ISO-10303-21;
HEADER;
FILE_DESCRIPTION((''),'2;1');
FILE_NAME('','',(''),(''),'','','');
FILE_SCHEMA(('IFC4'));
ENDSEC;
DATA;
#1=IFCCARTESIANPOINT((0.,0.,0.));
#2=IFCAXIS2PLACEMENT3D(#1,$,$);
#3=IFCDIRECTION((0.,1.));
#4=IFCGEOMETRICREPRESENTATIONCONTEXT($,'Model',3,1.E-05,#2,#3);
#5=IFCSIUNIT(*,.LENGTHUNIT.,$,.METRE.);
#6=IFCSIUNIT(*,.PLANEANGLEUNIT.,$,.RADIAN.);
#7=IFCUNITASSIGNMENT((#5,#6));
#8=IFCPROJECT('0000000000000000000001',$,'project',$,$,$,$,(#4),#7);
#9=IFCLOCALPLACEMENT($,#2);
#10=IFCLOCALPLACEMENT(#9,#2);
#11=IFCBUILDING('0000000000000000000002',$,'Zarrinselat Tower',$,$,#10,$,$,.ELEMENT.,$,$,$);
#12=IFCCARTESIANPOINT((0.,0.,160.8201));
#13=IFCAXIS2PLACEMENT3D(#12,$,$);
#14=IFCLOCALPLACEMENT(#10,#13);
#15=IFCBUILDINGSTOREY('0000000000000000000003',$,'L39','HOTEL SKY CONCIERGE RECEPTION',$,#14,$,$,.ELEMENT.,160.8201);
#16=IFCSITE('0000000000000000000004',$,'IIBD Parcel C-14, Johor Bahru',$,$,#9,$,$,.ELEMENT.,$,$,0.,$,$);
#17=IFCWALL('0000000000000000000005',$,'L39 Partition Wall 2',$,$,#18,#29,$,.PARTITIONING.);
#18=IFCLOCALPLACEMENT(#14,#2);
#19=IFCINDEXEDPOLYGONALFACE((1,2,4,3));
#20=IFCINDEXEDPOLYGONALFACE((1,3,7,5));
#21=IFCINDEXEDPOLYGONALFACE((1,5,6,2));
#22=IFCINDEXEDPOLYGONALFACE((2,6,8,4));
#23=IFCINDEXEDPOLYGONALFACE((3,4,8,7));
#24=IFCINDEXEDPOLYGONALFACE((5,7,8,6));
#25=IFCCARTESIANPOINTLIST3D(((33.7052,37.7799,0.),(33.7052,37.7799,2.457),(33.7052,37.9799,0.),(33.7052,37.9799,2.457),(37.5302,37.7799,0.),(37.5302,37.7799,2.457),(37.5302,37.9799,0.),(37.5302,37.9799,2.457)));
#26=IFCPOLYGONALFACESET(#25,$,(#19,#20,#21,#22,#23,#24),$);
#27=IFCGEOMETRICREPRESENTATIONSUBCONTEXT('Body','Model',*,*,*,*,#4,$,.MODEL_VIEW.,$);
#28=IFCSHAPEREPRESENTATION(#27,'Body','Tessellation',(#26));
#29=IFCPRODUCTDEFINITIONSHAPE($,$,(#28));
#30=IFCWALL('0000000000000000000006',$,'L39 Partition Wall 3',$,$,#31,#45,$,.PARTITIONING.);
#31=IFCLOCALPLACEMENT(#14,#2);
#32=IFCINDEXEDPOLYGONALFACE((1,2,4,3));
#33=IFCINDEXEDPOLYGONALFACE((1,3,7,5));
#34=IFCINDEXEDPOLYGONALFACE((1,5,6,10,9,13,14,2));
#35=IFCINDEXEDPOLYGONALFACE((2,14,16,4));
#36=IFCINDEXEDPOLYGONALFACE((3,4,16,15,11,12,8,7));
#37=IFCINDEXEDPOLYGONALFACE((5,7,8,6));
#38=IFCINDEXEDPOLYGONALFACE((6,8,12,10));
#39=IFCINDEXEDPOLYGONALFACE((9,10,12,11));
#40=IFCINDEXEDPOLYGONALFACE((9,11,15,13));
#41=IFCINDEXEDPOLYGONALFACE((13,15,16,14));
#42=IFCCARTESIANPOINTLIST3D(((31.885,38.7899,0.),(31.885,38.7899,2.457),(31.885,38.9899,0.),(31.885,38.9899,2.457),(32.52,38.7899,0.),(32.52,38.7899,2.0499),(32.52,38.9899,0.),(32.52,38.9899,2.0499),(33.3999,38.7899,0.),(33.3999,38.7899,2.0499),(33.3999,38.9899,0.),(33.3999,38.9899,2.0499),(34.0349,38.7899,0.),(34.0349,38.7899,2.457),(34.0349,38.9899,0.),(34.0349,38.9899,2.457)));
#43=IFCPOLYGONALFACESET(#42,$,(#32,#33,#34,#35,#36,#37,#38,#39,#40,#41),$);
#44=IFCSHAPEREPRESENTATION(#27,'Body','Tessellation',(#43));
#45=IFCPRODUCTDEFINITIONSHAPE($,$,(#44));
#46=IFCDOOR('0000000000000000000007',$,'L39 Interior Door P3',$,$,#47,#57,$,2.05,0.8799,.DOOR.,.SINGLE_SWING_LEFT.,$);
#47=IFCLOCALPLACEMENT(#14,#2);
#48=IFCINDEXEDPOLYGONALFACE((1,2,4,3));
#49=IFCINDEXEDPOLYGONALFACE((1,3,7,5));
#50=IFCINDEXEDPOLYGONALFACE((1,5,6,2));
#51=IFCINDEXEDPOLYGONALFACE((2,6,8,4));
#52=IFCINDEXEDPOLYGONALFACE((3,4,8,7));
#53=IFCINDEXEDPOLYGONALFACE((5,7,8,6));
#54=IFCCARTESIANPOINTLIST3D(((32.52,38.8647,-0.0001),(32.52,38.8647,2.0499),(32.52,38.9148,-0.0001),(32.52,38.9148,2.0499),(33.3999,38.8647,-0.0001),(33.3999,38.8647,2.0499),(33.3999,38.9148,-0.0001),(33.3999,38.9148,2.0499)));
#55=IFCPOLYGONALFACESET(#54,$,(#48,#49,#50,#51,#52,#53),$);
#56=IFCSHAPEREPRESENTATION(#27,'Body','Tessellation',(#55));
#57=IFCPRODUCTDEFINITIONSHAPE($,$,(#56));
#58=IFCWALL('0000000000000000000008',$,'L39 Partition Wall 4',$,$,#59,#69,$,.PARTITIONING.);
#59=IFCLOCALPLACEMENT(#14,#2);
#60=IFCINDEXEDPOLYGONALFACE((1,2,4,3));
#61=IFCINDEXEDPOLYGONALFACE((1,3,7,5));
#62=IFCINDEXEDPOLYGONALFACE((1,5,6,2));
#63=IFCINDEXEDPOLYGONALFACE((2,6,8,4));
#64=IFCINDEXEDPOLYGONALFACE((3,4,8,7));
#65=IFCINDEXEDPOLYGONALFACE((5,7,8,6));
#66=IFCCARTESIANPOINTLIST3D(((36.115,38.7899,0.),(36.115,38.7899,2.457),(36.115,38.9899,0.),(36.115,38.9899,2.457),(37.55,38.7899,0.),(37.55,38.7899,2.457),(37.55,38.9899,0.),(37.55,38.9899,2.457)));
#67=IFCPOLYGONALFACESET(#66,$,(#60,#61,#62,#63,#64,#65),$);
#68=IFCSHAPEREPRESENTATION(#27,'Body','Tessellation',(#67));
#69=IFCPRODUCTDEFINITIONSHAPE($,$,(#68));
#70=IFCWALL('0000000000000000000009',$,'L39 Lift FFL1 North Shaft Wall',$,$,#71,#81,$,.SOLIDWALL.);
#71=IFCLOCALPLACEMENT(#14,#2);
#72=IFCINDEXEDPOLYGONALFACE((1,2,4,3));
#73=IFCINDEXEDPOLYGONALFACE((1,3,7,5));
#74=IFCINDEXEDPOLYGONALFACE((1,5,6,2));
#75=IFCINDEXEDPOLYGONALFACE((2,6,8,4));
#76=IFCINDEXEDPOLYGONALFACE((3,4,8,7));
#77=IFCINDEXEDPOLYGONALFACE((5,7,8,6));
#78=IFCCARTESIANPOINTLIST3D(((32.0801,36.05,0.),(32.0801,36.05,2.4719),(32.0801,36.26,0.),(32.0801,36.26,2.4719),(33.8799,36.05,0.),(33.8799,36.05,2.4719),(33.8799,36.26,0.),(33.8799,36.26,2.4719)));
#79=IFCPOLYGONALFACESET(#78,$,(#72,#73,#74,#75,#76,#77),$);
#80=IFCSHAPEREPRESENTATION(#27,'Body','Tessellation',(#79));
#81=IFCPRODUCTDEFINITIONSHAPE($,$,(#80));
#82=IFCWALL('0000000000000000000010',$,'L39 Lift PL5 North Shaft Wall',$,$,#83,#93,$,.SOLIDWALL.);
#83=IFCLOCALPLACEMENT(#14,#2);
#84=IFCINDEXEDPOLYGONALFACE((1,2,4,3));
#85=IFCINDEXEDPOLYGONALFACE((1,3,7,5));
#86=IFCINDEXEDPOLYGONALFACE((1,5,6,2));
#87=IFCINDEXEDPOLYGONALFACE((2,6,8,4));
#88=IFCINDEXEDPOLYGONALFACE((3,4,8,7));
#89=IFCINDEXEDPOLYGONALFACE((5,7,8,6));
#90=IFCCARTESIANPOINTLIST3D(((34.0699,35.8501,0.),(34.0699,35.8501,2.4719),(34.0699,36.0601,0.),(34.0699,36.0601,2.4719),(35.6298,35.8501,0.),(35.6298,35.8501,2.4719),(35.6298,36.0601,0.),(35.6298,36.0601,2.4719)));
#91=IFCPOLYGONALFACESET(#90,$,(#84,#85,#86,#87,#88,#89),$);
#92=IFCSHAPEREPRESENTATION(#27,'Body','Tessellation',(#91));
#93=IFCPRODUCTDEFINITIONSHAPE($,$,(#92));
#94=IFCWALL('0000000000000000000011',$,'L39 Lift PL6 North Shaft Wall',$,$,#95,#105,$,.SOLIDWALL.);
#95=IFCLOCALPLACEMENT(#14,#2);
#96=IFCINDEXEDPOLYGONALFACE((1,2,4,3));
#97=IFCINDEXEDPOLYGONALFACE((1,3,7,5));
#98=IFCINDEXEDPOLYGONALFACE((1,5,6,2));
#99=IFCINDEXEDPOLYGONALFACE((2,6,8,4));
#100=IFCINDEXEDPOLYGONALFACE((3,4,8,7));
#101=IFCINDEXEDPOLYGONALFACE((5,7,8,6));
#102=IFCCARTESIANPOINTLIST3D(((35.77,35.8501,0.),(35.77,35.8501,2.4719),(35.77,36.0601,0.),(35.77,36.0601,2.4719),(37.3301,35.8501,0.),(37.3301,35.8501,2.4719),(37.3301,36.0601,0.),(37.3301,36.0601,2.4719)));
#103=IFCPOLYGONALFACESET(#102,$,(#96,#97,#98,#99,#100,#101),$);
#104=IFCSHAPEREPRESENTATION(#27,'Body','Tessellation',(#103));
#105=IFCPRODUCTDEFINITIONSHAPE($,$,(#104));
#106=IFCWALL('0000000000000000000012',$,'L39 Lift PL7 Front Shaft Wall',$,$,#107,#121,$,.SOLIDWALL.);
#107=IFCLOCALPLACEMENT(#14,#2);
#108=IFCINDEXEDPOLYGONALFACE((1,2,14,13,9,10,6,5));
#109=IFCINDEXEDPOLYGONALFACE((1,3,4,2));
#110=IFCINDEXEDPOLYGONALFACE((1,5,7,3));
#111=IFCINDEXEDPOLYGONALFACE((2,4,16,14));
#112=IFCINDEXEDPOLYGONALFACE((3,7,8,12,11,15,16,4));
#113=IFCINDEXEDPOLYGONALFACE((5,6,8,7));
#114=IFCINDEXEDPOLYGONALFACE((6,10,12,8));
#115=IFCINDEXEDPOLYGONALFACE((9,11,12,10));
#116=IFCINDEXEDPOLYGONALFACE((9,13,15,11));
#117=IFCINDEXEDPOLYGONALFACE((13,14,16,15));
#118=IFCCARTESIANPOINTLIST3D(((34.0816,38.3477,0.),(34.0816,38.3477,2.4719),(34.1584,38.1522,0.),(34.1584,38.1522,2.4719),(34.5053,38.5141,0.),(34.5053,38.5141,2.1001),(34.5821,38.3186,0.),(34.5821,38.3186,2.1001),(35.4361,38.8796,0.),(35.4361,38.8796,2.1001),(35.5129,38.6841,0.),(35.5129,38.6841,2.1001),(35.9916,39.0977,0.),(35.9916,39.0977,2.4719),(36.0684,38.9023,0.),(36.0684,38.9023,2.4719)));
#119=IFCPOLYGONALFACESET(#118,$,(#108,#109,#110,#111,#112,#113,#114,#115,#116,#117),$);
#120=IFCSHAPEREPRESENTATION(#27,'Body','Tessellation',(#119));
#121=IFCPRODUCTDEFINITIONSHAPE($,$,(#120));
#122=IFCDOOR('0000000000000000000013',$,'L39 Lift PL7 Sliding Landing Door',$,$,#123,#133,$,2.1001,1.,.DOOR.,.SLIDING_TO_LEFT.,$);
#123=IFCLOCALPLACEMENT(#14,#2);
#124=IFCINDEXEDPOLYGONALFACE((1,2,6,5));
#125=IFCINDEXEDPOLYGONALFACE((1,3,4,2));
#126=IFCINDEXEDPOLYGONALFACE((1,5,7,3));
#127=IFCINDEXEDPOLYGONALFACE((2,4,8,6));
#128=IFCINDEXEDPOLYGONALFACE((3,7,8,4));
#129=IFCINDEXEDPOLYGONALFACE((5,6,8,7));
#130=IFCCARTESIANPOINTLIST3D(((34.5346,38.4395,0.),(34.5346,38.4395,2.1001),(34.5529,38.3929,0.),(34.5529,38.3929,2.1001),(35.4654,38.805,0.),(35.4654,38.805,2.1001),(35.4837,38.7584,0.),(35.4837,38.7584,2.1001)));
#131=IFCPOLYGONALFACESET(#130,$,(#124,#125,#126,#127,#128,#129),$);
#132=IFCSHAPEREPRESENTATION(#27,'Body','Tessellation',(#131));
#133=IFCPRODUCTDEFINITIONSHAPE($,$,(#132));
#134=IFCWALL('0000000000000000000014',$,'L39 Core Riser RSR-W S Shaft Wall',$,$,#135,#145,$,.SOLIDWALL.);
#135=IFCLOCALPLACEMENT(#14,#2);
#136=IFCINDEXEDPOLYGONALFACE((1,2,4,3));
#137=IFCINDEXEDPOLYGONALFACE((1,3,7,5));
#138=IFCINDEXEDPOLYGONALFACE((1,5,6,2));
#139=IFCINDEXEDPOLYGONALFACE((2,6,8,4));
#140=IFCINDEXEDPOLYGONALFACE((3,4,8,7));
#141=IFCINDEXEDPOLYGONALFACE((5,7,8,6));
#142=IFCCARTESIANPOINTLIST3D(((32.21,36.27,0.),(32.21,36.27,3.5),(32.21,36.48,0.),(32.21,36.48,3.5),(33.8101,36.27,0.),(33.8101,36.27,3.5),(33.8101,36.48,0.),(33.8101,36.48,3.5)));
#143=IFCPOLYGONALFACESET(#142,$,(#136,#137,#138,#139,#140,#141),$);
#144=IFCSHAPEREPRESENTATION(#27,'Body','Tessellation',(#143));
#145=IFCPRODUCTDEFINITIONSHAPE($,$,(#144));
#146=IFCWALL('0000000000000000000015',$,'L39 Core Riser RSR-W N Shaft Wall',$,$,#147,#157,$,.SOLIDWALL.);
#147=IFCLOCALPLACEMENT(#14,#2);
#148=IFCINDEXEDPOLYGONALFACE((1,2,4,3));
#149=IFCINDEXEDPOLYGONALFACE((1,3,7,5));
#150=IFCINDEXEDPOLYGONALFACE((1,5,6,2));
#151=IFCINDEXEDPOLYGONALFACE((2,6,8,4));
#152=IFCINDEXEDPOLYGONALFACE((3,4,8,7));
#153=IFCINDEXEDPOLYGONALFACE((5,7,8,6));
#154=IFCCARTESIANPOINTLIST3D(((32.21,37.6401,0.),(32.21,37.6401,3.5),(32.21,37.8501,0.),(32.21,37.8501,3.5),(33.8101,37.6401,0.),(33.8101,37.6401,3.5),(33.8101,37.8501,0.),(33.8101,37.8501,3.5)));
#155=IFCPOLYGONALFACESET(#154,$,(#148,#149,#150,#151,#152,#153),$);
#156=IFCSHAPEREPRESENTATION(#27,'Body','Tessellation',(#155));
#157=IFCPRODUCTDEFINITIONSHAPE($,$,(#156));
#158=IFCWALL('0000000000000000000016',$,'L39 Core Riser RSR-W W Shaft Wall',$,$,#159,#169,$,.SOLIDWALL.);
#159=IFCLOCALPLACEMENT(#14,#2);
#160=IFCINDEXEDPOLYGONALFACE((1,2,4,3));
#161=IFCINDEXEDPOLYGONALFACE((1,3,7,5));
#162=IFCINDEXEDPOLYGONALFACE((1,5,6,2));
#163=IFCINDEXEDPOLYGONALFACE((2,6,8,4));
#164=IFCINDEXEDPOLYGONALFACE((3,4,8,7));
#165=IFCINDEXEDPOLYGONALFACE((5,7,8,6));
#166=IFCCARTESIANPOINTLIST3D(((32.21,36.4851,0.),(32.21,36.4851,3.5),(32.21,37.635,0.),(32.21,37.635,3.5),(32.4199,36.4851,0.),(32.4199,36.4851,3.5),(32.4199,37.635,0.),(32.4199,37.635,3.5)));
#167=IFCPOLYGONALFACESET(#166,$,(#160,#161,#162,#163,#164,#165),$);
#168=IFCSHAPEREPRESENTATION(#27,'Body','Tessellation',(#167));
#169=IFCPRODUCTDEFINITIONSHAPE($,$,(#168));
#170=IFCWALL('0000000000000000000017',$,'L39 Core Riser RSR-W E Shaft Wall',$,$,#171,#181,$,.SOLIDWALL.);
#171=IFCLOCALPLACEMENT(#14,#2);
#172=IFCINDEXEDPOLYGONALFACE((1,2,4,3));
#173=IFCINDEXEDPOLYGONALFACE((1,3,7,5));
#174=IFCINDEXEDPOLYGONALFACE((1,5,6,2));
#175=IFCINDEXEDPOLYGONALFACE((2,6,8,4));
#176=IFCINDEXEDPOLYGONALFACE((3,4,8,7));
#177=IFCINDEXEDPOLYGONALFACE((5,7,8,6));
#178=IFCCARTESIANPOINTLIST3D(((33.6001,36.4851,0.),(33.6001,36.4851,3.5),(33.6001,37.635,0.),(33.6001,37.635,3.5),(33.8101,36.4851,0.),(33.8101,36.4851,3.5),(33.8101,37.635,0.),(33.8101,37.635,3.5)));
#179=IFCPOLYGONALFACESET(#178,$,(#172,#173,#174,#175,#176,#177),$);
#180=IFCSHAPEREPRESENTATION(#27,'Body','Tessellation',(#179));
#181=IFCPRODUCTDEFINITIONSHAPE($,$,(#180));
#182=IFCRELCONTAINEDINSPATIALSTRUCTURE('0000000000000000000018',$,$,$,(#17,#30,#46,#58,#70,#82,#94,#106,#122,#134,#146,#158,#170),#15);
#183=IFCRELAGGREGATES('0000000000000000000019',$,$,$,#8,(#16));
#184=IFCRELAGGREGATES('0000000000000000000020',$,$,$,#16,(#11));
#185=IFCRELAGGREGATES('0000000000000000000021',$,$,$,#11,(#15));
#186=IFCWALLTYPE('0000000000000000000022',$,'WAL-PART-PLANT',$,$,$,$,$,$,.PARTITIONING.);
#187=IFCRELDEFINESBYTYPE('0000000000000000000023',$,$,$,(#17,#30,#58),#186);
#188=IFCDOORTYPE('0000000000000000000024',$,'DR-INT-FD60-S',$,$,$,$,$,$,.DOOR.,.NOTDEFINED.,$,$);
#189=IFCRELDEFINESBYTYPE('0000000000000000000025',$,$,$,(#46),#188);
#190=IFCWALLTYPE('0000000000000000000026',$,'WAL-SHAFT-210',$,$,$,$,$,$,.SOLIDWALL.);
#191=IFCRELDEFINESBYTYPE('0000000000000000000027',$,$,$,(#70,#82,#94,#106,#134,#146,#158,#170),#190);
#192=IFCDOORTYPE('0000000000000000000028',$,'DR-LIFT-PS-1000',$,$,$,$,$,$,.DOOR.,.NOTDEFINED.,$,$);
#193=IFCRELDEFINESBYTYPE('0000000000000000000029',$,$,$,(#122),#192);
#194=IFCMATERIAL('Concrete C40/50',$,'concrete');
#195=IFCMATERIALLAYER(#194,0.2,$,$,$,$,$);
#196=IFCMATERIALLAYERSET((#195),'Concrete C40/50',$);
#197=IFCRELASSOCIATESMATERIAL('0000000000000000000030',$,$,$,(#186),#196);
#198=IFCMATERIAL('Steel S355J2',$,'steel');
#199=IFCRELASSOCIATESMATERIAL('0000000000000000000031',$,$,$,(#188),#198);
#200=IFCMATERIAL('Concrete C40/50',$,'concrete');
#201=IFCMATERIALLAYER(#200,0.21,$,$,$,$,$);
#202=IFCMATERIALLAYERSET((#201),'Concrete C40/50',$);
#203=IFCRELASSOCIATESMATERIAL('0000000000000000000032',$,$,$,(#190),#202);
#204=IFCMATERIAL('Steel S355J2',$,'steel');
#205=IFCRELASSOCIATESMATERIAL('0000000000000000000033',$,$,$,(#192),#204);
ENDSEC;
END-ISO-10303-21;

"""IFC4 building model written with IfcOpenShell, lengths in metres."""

from ifc_helpers import new_model, si_unit, direction, frame, frame_2d, origin, place, context, subcontext, project, spatial, rectangle, extrude, material, layer, layer_set, type_object, element, fill, save


model = new_model("IFC4")

# Units and contexts
model_context = context("Model", 3, precision=1e-05, world=origin(), true_north=direction((0.0, 1.0)))
body_context = subcontext(model_context, "Body", "Model", "MODEL_VIEW")
ifc_project = project(units=[si_unit("LENGTHUNIT", "METRE"), si_unit("PLANEANGLEUNIT", "RADIAN")], contexts=[model_context])

# Site, building, storey
site_placement = place(None, origin())
site = spatial("IfcSite", under=ifc_project, at=site_placement, Name="IIBD Parcel C-14, Johor Bahru", CompositionType="ELEMENT", RefElevation=0.0)
building_placement = place(site_placement, origin())
building = spatial("IfcBuilding", under=site, at=building_placement, Name="Zarrinselat Tower", CompositionType="ELEMENT")
storey_placement = place(building_placement, frame((0.0, 0.0, 160.8201)))
storey = spatial("IfcBuildingStorey", under=building, at=storey_placement, Name="L39", Description="HOTEL SKY CONCIERGE RECEPTION", CompositionType="ELEMENT", Elevation=160.8201)

# Wall
ifc_material_1 = material(Name="Concrete C40/50", Category="concrete")
ifc_layer_1 = layer(ifc_material_1, 0.2)
ifc_layer_set_1 = layer_set([ifc_layer_1], Name="Concrete C40/50")
wall_type_1 = type_object("IfcWallType", Name="WAL-PART-PLANT", PredefinedType="PARTITIONING", material=ifc_layer_set_1)
wall_1_placement = place(storey_placement, frame((33.7051, 37.8799, 0.0), z_axis=(0.0, 0.0, 1.0), x_axis=(1.0, 0.0, 0.0)))
element("IfcWall", 1, at=wall_1_placement, inside=storey, type_object=wall_type_1, Name="L39 Partition Wall 2", PredefinedType="PARTITIONING", context=body_context, shape_type="SweptSolid", body=[
    extrude(rectangle(XDim=3.825, YDim=0.2, at=frame_2d((1.9126, 0.0))), origin(), (0.0, 0.0, 1.0), 2.457),
])

# Wall, opening, door
wall_2_placement = place(storey_placement, frame((31.885, 38.8899, 0.0), z_axis=(0.0, 0.0, 1.0), x_axis=(1.0, 0.0, 0.0)))
wall_2 = element("IfcWall", 2, at=wall_2_placement, inside=storey, type_object=wall_type_1, Name="L39 Partition Wall 3", PredefinedType="PARTITIONING", context=body_context, shape_type="SweptSolid", body=[
    extrude(rectangle(XDim=2.1499, YDim=0.2, at=frame_2d((1.075, 0.0))), origin(), (0.0, 0.0, 1.0), 2.457),
])
opening_1_placement = place(wall_2_placement, frame((0.635, 0.0, 0.0)))
opening_1 = element("IfcOpeningElement", 3, at=opening_1_placement, cuts=wall_2, PredefinedType="OPENING", context=body_context, shape_type="SweptSolid", body=[
    extrude(rectangle(XDim=0.8799, YDim=2.05, at=frame_2d((0.4399, 1.0249))), frame((0.0, 0.1099, 0.0), z_axis=(0.0, -1.0, 0.0), x_axis=(1.0, 0.0, 0.0)), (0.0, 0.0, 1.0), 0.22),
])
ifc_material_2 = material(Name="Steel S355J2", Category="steel")
door_type_1 = type_object("IfcDoorType", Name="DR-INT-FD60-S", OperationType="NOTDEFINED", PredefinedType="DOOR", material=ifc_material_2)
door_1_placement = place(opening_1_placement, origin())
door_1 = element("IfcDoor", 4, at=door_1_placement, inside=storey, type_object=door_type_1, Name="L39 Interior Door P3", OperationType="SINGLE_SWING_LEFT", OverallHeight=2.05, OverallWidth=0.8799, PredefinedType="DOOR", context=body_context, shape_type="SweptSolid", body=[
    extrude(rectangle(XDim=0.8799, YDim=2.05, at=frame_2d((0.4399, 1.0249))), frame((0.0, 0.0249, 0.0), z_axis=(0.0, -1.0, 0.0), x_axis=(1.0, 0.0, 0.0)), (0.0, 0.0, 1.0), 0.05),
])
fill(opening_1, door_1)

# Walls
wall_3_placement = place(storey_placement, frame((36.115, 38.8899, 0.0), z_axis=(0.0, 0.0, 1.0), x_axis=(1.0, 0.0, 0.0)))
element("IfcWall", 5, at=wall_3_placement, inside=storey, type_object=wall_type_1, Name="L39 Partition Wall 4", PredefinedType="PARTITIONING", context=body_context, shape_type="SweptSolid", body=[
    extrude(rectangle(XDim=1.4351, YDim=0.2, at=frame_2d((0.7175, 0.0))), origin(), (0.0, 0.0, 1.0), 2.457),
])
ifc_material_3 = material(Name="Concrete C40/50", Category="concrete")
ifc_layer_2 = layer(ifc_material_3, 0.21)
ifc_layer_set_2 = layer_set([ifc_layer_2], Name="Concrete C40/50")
wall_type_2 = type_object("IfcWallType", Name="WAL-SHAFT-210", PredefinedType="SOLIDWALL", material=ifc_layer_set_2)
wall_4_placement = place(storey_placement, frame((32.0801, 36.155, 0.0), z_axis=(0.0, 0.0, 1.0), x_axis=(1.0, 0.0, 0.0)))
element("IfcWall", 6, at=wall_4_placement, inside=storey, type_object=wall_type_2, Name="L39 Lift FFL1 North Shaft Wall", PredefinedType="SOLIDWALL", context=body_context, shape_type="SweptSolid", body=[
    extrude(rectangle(XDim=1.7998, YDim=0.21, at=frame_2d((0.8999, 0.0))), origin(), (0.0, 0.0, 1.0), 2.4719),
])
wall_5_placement = place(storey_placement, frame((34.0701, 35.9551, 0.0), z_axis=(0.0, 0.0, 1.0), x_axis=(1.0, 0.0, 0.0)))
element("IfcWall", 7, at=wall_5_placement, inside=storey, type_object=wall_type_2, Name="L39 Lift PL5 North Shaft Wall", PredefinedType="SOLIDWALL", context=body_context, shape_type="SweptSolid", body=[
    extrude(rectangle(XDim=1.5598, YDim=0.21, at=frame_2d((0.7798, 0.0))), origin(), (0.0, 0.0, 1.0), 2.4719),
])
wall_6_placement = place(storey_placement, frame((35.77, 35.9551, 0.0), z_axis=(0.0, 0.0, 1.0), x_axis=(1.0, 0.0, 0.0)))
element("IfcWall", 8, at=wall_6_placement, inside=storey, type_object=wall_type_2, Name="L39 Lift PL6 North Shaft Wall", PredefinedType="SOLIDWALL", context=body_context, shape_type="SweptSolid", body=[
    extrude(rectangle(XDim=1.5601, YDim=0.21, at=frame_2d((0.78, 0.0))), origin(), (0.0, 0.0, 1.0), 2.4719),
])

# Wall, opening, door
wall_7_placement = place(storey_placement, frame((34.1201, 38.25, 0.0), z_axis=(0.0, 0.0, 1.0), x_axis=(0.930805, 0.365516, 0.0)))
wall_7 = element("IfcWall", 9, at=wall_7_placement, inside=storey, type_object=wall_type_2, Name="L39 Lift PL7 Front Shaft Wall", PredefinedType="SOLIDWALL", context=body_context, shape_type="SweptSolid", body=[
    extrude(rectangle(XDim=2.052, YDim=0.21, at=frame_2d((1.0259, 0.0))), origin(), (0.0, 0.0, 1.0), 2.4719),
])
opening_2_placement = place(wall_7_placement, frame((0.4551, 0.0, 0.0)))
opening_2 = element("IfcOpeningElement", 10, at=opening_2_placement, cuts=wall_7, PredefinedType="OPENING", context=body_context, shape_type="SweptSolid", body=[
    extrude(rectangle(XDim=1.0, YDim=2.1001, at=frame_2d((0.5, 1.05))), frame((0.0, 0.115, 0.0), z_axis=(0.0, -1.0, 0.0), x_axis=(1.0, 0.0, 0.0)), (0.0, 0.0, 1.0), 0.23),
])
ifc_material_4 = material(Name="Steel S355J2", Category="steel")
door_type_2 = type_object("IfcDoorType", Name="DR-LIFT-PS-1000", OperationType="NOTDEFINED", PredefinedType="DOOR", material=ifc_material_4)
door_2_placement = place(opening_2_placement, origin())
door_2 = element("IfcDoor", 11, at=door_2_placement, inside=storey, type_object=door_type_2, Name="L39 Lift PL7 Sliding Landing Door", OperationType="SLIDING_TO_LEFT", OverallHeight=2.1001, OverallWidth=1.0, PredefinedType="DOOR", context=body_context, shape_type="SweptSolid", body=[
    extrude(rectangle(XDim=1.0, YDim=2.1001, at=frame_2d((0.5, 1.05))), frame((0.0, 0.0249, 0.0), z_axis=(0.0, -1.0, 0.0), x_axis=(1.0, 0.0, 0.0)), (0.0, 0.0, 1.0), 0.05),
])
fill(opening_2, door_2)

# Walls
for number, where, z_axis, x_axis, name in (
    (12, (32.21, 36.375, 0.0), (0.0, 0.0, 1.0), (1.0, 0.0, 0.0), "L39 Core Riser RSR-W S Shaft Wall"),
    (13, (32.21, 37.7451, 0.0), (0.0, 0.0, 1.0), (1.0, 0.0, 0.0), "L39 Core Riser RSR-W N Shaft Wall"),
):
    element("IfcWall", number, at=place(storey_placement, frame(where, z_axis=z_axis, x_axis=x_axis)), inside=storey, type_object=wall_type_2, Name=name, PredefinedType="SOLIDWALL", context=body_context, shape_type="SweptSolid", body=[
        extrude(rectangle(XDim=1.6001, YDim=0.21, at=frame_2d((0.8, 0.0))), origin(), (0.0, 0.0, 1.0), 3.5),
    ])
for number, where, z_axis, x_axis, name in (
    (14, (32.3149, 36.4851, 0.0), (0.0, 0.0, 1.0), (0.0, 1.0, 0.0), "L39 Core Riser RSR-W W Shaft Wall"),
    (15, (33.7051, 36.4851, 0.0), (0.0, 0.0, 1.0), (0.0, 1.0, 0.0), "L39 Core Riser RSR-W E Shaft Wall"),
):
    element("IfcWall", number, at=place(storey_placement, frame(where, z_axis=z_axis, x_axis=x_axis)), inside=storey, type_object=wall_type_2, Name=name, PredefinedType="SOLIDWALL", context=body_context, shape_type="SweptSolid", body=[
        extrude(rectangle(XDim=1.1499, YDim=0.21, at=frame_2d((0.575, 0.0))), origin(), (0.0, 0.0, 1.0), 3.5),
    ])

save(model, "model.ifc")
